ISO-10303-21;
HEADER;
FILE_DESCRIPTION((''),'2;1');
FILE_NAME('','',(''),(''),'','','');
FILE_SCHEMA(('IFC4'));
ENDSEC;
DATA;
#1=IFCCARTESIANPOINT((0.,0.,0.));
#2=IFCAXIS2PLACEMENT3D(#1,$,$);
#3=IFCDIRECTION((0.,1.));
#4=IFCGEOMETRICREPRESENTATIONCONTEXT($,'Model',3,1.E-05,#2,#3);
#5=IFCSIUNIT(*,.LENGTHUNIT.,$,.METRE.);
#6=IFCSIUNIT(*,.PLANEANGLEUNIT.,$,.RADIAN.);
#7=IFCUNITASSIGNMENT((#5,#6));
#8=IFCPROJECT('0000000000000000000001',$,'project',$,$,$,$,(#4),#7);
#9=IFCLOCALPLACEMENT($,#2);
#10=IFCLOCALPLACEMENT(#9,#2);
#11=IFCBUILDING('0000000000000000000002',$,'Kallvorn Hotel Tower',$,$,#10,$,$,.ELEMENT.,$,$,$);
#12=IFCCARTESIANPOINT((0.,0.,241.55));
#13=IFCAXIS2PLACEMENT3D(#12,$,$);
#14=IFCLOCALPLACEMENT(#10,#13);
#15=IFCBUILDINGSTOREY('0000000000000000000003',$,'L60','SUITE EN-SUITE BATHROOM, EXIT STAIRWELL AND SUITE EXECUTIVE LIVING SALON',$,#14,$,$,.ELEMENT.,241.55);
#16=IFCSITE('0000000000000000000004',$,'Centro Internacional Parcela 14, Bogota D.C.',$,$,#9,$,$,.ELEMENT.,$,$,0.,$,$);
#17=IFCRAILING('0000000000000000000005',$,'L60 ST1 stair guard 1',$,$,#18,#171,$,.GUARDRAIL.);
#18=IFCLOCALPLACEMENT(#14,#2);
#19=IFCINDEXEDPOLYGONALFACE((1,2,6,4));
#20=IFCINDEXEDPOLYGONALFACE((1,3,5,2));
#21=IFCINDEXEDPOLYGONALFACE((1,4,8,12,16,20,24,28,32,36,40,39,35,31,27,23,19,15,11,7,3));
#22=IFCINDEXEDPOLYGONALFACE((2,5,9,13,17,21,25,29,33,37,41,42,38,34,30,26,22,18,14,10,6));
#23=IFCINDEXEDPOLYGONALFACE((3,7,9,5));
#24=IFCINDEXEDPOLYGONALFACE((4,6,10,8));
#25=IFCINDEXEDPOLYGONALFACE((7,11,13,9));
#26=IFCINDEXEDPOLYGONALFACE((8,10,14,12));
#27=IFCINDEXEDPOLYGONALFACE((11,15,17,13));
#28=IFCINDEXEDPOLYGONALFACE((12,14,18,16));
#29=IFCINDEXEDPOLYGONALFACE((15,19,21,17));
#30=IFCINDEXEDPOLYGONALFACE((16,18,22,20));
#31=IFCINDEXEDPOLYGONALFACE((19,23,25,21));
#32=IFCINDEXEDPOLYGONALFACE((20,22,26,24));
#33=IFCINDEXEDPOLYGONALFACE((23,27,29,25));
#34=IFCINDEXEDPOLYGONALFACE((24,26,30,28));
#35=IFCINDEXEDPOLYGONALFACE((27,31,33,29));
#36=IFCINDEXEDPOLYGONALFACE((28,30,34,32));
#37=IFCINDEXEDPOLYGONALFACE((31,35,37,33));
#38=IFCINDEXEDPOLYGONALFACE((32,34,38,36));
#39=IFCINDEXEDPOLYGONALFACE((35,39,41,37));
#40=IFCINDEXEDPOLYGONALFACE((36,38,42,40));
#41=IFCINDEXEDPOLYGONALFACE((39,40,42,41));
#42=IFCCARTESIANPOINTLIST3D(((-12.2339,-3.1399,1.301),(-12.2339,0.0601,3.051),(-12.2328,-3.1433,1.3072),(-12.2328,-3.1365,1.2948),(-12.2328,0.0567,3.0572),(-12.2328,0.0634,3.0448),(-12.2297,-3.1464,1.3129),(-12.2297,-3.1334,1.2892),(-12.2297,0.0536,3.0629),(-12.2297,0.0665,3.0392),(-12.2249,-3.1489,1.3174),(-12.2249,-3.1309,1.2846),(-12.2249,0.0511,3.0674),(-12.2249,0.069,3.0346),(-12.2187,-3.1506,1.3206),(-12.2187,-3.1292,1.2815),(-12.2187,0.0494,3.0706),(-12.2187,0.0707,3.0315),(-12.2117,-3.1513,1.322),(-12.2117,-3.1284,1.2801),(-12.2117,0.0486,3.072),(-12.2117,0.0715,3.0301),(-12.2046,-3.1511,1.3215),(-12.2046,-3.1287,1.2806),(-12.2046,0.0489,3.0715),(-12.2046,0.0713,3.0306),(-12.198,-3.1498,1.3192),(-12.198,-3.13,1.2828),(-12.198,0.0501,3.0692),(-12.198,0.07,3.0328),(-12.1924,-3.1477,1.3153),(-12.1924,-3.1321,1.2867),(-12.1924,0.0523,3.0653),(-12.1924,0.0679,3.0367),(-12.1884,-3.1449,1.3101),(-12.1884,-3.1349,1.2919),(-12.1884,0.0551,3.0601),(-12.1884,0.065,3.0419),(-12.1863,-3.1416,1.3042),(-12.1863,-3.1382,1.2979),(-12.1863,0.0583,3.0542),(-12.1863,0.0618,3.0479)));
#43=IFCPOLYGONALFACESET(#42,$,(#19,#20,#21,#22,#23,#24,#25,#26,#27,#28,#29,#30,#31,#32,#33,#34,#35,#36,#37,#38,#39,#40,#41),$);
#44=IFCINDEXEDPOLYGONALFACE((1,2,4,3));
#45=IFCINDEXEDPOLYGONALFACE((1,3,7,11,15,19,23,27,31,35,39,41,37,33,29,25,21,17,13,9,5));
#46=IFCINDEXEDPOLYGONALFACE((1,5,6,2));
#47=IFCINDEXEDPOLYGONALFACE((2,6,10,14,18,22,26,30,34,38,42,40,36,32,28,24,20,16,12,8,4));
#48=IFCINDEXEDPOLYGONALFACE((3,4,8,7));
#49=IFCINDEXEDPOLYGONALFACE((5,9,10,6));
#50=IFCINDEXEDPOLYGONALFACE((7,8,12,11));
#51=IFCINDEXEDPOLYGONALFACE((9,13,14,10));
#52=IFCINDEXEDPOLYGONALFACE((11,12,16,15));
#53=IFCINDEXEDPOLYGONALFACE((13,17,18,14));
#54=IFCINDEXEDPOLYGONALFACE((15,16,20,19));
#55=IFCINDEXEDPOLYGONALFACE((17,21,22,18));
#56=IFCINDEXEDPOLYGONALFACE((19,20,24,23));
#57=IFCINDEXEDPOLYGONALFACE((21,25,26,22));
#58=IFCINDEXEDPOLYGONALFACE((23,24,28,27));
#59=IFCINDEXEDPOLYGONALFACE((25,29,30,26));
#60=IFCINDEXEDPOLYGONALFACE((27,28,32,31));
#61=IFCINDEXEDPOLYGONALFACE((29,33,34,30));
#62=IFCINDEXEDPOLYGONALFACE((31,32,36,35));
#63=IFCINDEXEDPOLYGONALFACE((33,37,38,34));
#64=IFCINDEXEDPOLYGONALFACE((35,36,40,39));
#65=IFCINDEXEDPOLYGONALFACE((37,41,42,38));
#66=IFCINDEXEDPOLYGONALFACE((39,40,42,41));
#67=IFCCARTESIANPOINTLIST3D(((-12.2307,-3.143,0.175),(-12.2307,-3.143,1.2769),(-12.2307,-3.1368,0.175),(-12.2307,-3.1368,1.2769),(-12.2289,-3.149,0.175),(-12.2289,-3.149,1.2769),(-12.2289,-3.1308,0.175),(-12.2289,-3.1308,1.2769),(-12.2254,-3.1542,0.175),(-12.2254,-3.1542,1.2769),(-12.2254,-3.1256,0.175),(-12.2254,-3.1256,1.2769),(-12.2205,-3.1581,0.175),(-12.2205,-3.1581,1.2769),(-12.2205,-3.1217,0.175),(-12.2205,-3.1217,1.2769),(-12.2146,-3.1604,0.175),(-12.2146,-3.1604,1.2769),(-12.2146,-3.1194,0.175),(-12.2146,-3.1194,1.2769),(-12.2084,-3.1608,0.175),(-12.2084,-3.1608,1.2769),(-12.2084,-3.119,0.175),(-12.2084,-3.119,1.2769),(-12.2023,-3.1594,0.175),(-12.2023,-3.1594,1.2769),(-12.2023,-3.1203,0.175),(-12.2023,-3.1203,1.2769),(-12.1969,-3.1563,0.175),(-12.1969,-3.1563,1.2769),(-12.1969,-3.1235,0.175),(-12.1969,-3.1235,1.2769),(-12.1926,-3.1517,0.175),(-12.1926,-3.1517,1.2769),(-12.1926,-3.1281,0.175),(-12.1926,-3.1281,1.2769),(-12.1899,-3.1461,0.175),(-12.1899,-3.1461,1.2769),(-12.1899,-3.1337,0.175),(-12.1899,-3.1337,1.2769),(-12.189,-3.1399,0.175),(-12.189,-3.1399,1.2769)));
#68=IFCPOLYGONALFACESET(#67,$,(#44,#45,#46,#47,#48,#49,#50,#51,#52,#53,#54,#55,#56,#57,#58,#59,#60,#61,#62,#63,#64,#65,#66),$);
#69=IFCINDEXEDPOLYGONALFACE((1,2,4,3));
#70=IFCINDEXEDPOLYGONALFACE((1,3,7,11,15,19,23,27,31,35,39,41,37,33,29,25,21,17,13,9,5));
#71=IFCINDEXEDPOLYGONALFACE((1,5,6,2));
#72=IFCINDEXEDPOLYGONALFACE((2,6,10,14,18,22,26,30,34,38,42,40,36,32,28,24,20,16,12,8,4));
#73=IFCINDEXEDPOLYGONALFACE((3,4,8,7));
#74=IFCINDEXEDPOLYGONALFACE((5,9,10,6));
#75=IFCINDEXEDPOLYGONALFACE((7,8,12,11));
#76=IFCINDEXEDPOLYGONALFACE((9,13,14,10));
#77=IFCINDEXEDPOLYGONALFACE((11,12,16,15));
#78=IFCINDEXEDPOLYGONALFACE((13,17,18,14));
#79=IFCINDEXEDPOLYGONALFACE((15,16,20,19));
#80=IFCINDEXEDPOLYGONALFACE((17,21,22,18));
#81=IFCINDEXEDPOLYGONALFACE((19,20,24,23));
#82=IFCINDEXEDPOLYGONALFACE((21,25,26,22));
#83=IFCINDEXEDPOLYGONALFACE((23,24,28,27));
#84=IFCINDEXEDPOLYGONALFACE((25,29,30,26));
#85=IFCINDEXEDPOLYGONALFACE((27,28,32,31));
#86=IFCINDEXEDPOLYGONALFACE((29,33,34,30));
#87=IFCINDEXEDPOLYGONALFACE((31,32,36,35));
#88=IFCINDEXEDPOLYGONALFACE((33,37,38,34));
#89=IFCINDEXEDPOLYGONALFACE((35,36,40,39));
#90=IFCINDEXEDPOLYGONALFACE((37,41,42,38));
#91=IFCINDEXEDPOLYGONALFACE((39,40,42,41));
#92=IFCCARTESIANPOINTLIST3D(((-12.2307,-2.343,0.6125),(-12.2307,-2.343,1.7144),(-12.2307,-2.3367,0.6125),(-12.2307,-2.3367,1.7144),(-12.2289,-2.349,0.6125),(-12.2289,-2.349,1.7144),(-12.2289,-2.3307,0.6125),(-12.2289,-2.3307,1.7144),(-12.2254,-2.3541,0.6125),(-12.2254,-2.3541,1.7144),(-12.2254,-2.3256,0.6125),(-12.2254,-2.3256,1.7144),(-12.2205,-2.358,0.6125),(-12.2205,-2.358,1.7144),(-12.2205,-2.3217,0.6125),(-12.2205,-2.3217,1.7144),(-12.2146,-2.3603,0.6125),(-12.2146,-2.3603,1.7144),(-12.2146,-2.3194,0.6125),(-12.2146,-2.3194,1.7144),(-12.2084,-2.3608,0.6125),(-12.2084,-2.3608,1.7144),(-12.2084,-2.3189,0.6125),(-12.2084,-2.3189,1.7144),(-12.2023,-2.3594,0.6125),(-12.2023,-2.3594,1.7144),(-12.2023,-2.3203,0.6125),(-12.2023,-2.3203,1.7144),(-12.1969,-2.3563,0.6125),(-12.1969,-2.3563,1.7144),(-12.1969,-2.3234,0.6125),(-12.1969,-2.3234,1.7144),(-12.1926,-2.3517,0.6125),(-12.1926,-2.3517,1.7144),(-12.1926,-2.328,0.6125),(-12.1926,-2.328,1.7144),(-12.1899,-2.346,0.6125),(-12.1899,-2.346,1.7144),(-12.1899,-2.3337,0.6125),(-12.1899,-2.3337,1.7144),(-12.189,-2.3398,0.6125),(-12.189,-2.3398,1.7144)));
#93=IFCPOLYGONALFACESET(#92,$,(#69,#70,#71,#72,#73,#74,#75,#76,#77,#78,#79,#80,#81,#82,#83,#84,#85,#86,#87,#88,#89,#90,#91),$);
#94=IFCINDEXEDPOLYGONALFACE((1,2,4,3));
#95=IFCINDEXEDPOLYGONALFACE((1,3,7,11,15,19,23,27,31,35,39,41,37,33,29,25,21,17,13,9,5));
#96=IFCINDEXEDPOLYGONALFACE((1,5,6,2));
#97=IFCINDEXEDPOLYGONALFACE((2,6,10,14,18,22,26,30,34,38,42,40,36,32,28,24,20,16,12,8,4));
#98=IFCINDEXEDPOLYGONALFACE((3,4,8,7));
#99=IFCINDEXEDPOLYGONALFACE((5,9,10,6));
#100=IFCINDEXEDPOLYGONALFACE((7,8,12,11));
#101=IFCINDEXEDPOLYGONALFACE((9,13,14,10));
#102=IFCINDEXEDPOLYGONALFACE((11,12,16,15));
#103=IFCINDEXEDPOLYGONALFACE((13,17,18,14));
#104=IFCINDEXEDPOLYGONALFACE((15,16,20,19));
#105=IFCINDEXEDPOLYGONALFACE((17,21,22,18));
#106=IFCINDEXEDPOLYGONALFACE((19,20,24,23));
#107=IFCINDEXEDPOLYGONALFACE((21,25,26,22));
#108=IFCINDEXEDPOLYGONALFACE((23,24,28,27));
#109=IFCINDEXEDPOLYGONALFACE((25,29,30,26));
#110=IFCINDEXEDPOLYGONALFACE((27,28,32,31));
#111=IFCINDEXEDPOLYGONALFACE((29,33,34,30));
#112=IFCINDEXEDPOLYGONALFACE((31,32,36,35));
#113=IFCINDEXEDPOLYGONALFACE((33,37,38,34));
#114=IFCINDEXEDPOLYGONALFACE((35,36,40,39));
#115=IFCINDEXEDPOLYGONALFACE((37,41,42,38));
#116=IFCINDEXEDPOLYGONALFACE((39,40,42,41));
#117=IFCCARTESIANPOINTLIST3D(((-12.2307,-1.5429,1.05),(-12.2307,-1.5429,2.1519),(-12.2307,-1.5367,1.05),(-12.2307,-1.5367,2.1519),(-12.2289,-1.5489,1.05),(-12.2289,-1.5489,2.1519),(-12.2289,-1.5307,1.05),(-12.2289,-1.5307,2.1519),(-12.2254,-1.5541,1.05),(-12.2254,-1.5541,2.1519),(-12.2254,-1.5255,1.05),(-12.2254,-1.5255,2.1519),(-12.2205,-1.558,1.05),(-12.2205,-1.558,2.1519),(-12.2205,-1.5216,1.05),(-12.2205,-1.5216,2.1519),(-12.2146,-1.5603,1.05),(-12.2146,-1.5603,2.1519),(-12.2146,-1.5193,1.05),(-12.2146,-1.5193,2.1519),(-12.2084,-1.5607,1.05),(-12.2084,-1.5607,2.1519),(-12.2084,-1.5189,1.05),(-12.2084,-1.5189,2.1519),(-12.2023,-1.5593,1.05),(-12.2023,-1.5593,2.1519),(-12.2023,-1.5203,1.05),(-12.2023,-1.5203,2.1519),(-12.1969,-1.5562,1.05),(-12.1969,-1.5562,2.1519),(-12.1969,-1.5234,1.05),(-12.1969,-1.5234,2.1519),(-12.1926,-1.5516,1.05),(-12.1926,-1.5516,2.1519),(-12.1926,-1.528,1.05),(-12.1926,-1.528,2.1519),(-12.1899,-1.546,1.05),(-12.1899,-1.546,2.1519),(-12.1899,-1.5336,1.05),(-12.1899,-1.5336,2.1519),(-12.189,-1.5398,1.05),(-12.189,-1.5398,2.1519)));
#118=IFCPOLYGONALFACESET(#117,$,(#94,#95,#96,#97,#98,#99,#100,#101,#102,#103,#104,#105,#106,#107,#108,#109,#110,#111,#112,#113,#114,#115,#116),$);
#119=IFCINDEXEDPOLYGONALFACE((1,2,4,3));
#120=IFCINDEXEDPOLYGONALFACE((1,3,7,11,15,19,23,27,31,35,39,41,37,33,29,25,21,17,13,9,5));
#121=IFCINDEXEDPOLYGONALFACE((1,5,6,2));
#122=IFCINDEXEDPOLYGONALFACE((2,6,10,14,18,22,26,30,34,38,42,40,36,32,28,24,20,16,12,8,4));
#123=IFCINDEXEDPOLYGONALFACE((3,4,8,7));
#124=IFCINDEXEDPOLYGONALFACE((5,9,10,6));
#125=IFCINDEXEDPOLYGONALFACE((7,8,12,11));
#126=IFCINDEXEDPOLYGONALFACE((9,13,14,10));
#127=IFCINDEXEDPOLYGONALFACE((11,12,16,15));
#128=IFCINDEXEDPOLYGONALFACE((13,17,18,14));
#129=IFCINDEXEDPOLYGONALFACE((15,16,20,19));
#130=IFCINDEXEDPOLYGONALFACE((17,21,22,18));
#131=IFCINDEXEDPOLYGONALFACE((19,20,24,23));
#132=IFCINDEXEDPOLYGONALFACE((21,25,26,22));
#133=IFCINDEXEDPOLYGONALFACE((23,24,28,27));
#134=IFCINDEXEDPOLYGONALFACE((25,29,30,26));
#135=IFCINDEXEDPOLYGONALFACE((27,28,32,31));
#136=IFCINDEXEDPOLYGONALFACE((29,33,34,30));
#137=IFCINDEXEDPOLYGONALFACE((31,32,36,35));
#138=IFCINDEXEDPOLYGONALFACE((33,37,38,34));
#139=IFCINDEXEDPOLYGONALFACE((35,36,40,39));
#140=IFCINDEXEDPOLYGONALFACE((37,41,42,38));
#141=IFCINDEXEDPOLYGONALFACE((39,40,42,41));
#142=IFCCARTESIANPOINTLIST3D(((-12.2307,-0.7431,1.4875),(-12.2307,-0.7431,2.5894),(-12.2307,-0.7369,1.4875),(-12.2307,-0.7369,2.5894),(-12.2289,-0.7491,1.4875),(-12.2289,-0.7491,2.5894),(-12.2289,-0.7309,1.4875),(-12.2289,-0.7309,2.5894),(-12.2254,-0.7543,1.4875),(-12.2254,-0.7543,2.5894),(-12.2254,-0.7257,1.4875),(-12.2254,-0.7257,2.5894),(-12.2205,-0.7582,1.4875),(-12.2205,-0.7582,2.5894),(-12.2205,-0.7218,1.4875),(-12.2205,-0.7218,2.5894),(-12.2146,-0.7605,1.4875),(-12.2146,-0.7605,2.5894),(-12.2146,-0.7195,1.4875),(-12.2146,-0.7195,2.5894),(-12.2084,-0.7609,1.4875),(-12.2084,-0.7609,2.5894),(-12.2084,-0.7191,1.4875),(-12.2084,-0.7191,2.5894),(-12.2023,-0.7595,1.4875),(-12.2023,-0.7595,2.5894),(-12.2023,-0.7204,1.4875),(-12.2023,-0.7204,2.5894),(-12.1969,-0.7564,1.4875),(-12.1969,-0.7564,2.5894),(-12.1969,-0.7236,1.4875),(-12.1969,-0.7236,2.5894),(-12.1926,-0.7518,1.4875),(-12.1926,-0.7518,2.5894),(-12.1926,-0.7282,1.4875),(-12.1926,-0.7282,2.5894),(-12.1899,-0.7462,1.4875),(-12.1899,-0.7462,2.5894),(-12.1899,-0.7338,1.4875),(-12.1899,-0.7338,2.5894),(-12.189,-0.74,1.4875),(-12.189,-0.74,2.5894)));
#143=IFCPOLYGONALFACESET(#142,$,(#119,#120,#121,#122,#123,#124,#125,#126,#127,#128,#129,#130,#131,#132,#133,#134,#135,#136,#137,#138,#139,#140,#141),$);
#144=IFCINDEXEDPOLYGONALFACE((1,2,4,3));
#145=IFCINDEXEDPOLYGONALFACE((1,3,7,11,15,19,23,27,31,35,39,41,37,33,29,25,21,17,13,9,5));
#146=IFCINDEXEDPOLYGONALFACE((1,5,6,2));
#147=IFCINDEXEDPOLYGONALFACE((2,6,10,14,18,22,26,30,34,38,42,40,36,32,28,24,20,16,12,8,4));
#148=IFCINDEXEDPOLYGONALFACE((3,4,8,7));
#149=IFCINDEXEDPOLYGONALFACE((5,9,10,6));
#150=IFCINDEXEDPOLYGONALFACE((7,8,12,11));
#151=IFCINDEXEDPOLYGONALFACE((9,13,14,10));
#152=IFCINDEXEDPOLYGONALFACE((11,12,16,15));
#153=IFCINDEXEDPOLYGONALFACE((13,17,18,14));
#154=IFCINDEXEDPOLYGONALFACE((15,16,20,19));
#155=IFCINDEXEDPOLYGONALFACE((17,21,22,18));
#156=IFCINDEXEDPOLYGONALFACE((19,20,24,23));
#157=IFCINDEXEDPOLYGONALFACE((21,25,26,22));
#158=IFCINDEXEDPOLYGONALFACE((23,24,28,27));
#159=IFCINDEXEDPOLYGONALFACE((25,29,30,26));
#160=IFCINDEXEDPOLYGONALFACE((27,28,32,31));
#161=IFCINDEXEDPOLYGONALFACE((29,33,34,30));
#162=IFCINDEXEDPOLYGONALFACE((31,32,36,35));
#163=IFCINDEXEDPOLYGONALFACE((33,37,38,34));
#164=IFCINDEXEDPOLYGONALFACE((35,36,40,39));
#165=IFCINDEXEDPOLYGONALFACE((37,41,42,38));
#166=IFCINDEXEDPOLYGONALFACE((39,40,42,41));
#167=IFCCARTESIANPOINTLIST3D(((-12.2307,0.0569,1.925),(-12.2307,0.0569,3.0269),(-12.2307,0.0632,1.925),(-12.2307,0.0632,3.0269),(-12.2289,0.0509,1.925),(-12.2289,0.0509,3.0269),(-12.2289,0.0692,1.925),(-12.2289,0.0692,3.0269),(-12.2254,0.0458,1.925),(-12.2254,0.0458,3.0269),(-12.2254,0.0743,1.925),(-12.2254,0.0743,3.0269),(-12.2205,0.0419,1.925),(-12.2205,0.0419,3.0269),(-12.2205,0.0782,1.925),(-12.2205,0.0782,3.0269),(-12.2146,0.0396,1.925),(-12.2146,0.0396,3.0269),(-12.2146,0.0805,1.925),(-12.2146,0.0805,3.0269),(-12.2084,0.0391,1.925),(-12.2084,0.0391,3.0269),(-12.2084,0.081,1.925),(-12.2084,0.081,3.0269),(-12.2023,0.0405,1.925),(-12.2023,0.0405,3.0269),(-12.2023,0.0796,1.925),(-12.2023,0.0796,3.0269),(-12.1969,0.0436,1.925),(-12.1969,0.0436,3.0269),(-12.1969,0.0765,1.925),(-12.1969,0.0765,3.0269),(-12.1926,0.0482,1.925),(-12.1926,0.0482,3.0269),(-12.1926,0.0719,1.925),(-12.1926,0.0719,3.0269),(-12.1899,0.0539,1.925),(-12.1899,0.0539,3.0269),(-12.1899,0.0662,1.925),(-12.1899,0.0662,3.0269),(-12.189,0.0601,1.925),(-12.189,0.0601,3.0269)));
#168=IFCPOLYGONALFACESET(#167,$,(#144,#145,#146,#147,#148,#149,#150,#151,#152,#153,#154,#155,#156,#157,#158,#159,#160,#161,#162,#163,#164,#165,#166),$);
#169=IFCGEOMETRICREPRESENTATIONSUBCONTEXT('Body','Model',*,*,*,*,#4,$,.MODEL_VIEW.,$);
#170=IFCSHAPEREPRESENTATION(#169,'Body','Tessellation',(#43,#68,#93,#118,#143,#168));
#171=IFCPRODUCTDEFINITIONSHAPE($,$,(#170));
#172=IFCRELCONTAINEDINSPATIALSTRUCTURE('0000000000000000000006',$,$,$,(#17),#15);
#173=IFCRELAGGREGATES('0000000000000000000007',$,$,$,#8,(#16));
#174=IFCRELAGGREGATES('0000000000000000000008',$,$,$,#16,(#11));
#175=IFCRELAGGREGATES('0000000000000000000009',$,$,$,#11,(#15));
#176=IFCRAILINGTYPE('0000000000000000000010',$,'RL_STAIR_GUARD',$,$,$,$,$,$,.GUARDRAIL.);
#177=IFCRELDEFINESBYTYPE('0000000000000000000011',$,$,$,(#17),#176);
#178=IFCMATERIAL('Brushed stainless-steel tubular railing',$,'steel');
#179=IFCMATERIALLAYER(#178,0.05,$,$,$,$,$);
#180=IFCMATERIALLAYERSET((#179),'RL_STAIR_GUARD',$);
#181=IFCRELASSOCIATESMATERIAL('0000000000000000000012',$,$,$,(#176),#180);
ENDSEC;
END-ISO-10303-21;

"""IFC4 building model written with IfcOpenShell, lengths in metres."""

from ifc_helpers import new_model, si_unit, direction, frame, origin, origin_2d, place, context, subcontext, project, spatial, circle, extrude, material, layer, layer_set, type_object, element, save


model = new_model("IFC4")

# Units and contexts
model_context = context("Model", 3, precision=1e-05, world=origin(), true_north=direction((0.0, 1.0)))
body_context = subcontext(model_context, "Body", "Model", "MODEL_VIEW")
ifc_project = project(units=[si_unit("LENGTHUNIT", "METRE"), si_unit("PLANEANGLEUNIT", "RADIAN")], contexts=[model_context])

# Site, building, storey
site_placement = place(None, origin())
site = spatial("IfcSite", under=ifc_project, at=site_placement, Name="Centro Internacional Parcela 14, Bogota D.C.", CompositionType="ELEMENT", RefElevation=0.0)
building_placement = place(site_placement, origin())
building = spatial("IfcBuilding", under=site, at=building_placement, Name="Kallvorn Hotel Tower", CompositionType="ELEMENT")
storey_placement = place(building_placement, frame((0.0, 0.0, 241.55)))
storey = spatial("IfcBuildingStorey", under=building, at=storey_placement, Name="L60", Description="SUITE EN-SUITE BATHROOM, EXIT STAIRWELL AND SUITE EXECUTIVE LIVING SALON", CompositionType="ELEMENT", Elevation=241.55)

# Railing
ifc_material_1 = material(Name="Brushed stainless-steel tubular railing", Category="steel")
ifc_layer_1 = layer(ifc_material_1, 0.05)
ifc_layer_set_1 = layer_set([ifc_layer_1], Name="RL_STAIR_GUARD")
railing_type_1 = type_object("IfcRailingType", Name="RL_STAIR_GUARD", PredefinedType="GUARDRAIL", material=ifc_layer_set_1)
railing_1_placement = place(storey_placement, frame((-12.21, -3.1399, 0.175)))
element("IfcRailing", 1, at=railing_1_placement, inside=storey, type_object=railing_type_1, Name="L60 ST1 stair guard 1", PredefinedType="GUARDRAIL", context=body_context, shape_type="SweptSolid", body=[
    extrude(circle(Radius=0.0239, at=origin_2d()), frame((0.0, 0.0, 1.126), z_axis=(0.0, 0.877368, 0.479818), x_axis=(-1.0, 0.0, 0.0)), (0.0, 0.0, 1.0), 3.6472),
    extrude(circle(Radius=0.021, at=origin_2d()), origin(), (0.0, 0.0, 1.0), 1.1018),
    extrude(circle(Radius=0.021, at=origin_2d()), frame((0.0, 0.8, 0.4375)), (0.0, 0.0, 1.0), 1.1018),
    extrude(circle(Radius=0.021, at=origin_2d()), frame((0.0, 1.6001, 0.875)), (0.0, 0.0, 1.0), 1.1018),
    extrude(circle(Radius=0.021, at=origin_2d()), frame((0.0, 2.3999, 1.3125)), (0.0, 0.0, 1.0), 1.1018),
    extrude(circle(Radius=0.021, at=origin_2d()), frame((0.0, 3.2, 1.75)), (0.0, 0.0, 1.0), 1.1018),
])

save(model, "model.ifc")
